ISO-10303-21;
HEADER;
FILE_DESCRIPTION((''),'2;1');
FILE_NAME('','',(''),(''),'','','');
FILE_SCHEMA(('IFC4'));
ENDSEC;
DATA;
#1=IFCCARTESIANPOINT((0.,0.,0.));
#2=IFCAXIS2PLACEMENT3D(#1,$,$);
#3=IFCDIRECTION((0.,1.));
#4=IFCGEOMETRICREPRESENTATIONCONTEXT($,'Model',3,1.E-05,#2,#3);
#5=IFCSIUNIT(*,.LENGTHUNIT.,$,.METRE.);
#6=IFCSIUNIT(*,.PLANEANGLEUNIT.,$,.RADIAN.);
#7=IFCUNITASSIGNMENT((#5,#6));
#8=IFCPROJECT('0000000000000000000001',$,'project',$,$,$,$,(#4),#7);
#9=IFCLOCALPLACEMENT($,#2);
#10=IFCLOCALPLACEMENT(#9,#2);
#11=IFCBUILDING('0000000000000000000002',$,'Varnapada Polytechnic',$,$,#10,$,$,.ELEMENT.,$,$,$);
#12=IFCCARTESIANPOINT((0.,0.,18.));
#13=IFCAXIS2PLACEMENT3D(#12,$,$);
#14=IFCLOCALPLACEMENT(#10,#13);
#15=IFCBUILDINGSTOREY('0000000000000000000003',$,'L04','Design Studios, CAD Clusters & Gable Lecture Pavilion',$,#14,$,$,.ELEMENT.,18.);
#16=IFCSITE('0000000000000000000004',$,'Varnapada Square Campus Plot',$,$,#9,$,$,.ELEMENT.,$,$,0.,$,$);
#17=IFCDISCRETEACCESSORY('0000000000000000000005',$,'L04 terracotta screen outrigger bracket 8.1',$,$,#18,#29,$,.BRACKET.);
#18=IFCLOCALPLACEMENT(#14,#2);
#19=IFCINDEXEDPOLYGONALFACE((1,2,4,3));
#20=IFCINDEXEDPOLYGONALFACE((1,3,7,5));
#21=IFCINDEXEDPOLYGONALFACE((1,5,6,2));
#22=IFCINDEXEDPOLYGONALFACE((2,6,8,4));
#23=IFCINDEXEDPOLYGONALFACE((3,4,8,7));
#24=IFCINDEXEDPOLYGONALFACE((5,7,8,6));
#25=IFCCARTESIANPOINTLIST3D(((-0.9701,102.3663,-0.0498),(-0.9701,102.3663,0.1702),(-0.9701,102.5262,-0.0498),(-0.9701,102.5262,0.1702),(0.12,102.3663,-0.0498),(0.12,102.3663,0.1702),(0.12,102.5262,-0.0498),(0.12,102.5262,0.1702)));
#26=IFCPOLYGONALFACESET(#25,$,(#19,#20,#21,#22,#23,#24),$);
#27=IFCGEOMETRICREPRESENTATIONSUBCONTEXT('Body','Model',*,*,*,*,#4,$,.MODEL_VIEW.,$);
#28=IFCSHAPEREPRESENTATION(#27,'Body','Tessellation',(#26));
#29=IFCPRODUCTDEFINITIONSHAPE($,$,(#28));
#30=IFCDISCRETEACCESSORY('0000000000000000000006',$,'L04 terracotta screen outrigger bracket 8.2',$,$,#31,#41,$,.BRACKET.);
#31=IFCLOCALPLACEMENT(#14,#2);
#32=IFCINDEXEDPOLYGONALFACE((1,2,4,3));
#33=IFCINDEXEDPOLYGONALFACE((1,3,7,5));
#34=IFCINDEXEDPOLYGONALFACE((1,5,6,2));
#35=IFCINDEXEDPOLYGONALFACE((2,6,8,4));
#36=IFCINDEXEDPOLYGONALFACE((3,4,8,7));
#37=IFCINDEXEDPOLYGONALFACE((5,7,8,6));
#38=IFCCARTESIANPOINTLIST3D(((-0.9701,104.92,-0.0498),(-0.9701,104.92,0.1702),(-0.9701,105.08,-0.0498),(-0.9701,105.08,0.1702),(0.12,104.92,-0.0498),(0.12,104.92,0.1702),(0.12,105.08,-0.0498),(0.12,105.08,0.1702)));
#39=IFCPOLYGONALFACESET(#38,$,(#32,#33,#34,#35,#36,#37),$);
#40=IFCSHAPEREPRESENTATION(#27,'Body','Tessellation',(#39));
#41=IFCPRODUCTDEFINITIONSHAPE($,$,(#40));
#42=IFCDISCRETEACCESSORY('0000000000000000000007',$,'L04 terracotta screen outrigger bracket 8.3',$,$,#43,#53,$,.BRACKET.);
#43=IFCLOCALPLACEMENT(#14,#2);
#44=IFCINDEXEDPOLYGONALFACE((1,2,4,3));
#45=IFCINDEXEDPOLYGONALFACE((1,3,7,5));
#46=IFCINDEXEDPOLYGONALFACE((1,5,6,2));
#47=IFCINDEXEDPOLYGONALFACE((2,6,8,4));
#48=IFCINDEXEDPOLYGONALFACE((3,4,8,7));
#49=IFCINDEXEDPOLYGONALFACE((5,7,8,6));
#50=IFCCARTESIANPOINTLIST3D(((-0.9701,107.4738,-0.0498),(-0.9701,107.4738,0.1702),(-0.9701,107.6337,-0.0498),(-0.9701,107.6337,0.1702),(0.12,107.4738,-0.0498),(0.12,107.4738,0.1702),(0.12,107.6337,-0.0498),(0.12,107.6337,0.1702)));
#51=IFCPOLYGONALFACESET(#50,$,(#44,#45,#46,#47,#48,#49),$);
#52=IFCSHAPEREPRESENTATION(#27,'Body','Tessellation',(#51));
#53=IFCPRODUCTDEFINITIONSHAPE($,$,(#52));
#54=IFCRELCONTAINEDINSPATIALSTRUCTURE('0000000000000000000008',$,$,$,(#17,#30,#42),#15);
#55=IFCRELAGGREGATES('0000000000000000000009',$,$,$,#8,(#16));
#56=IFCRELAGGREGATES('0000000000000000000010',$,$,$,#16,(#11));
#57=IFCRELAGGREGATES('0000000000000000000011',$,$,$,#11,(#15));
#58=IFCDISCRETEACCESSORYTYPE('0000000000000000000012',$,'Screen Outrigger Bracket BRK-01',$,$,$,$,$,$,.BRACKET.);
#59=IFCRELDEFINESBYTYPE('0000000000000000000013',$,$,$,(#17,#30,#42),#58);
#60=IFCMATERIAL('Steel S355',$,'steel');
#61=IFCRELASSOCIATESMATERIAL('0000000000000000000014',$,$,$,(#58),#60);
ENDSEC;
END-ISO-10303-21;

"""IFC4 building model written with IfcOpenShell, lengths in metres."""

from ifc_helpers import new_model, si_unit, direction, frame, origin, origin_2d, place, context, subcontext, project, spatial, rectangle, extrude, material, type_object, element, save


model = new_model("IFC4")

# Units and contexts
model_context = context("Model", 3, precision=1e-05, world=origin(), true_north=direction((0.0, 1.0)))
body_context = subcontext(model_context, "Body", "Model", "MODEL_VIEW")
ifc_project = project(units=[si_unit("LENGTHUNIT", "METRE"), si_unit("PLANEANGLEUNIT", "RADIAN")], contexts=[model_context])

# Site, building, storey
site_placement = place(None, origin())
site = spatial("IfcSite", under=ifc_project, at=site_placement, Name="Varnapada Square Campus Plot", CompositionType="ELEMENT", RefElevation=0.0)
building_placement = place(site_placement, origin())
building = spatial("IfcBuilding", under=site, at=building_placement, Name="Varnapada Polytechnic", CompositionType="ELEMENT")
storey_placement = place(building_placement, frame((0.0, 0.0, 18.0)))
storey = spatial("IfcBuildingStorey", under=building, at=storey_placement, Name="L04", Description="Design Studios, CAD Clusters & Gable Lecture Pavilion", CompositionType="ELEMENT", Elevation=18.0)

# Discrete accessories
ifc_material_1 = material(Name="Steel S355", Category="steel")
discrete_accessory_type = type_object("IfcDiscreteAccessoryType", Name="Screen Outrigger Bracket BRK-01", PredefinedType="BRACKET", material=ifc_material_1)
for number, where, z_axis, x_axis, name in (
    (1, (-0.425, 102.4463, -0.0498), (0.0, 0.0, 1.0), (0.0, 1.0, 0.0), "L04 terracotta screen outrigger bracket 8.1"),
    (2, (-0.425, 105.0, -0.0498), (0.0, 0.0, 1.0), (0.0, 1.0, 0.0), "L04 terracotta screen outrigger bracket 8.2"),
    (3, (-0.425, 107.5537, -0.0498), (0.0, 0.0, 1.0), (0.0, 1.0, 0.0), "L04 terracotta screen outrigger bracket 8.3"),
):
    element("IfcDiscreteAccessory", number, at=place(storey_placement, frame(where, z_axis=z_axis, x_axis=x_axis)), inside=storey, type_object=discrete_accessory_type, Name=name, PredefinedType="BRACKET", context=body_context, shape_type="SweptSolid", body=[
        extrude(rectangle(XDim=0.1599, YDim=1.0901, at=origin_2d()), origin(), (0.0, 0.0, 1.0), 0.22),
    ])

save(model, "model.ifc")
